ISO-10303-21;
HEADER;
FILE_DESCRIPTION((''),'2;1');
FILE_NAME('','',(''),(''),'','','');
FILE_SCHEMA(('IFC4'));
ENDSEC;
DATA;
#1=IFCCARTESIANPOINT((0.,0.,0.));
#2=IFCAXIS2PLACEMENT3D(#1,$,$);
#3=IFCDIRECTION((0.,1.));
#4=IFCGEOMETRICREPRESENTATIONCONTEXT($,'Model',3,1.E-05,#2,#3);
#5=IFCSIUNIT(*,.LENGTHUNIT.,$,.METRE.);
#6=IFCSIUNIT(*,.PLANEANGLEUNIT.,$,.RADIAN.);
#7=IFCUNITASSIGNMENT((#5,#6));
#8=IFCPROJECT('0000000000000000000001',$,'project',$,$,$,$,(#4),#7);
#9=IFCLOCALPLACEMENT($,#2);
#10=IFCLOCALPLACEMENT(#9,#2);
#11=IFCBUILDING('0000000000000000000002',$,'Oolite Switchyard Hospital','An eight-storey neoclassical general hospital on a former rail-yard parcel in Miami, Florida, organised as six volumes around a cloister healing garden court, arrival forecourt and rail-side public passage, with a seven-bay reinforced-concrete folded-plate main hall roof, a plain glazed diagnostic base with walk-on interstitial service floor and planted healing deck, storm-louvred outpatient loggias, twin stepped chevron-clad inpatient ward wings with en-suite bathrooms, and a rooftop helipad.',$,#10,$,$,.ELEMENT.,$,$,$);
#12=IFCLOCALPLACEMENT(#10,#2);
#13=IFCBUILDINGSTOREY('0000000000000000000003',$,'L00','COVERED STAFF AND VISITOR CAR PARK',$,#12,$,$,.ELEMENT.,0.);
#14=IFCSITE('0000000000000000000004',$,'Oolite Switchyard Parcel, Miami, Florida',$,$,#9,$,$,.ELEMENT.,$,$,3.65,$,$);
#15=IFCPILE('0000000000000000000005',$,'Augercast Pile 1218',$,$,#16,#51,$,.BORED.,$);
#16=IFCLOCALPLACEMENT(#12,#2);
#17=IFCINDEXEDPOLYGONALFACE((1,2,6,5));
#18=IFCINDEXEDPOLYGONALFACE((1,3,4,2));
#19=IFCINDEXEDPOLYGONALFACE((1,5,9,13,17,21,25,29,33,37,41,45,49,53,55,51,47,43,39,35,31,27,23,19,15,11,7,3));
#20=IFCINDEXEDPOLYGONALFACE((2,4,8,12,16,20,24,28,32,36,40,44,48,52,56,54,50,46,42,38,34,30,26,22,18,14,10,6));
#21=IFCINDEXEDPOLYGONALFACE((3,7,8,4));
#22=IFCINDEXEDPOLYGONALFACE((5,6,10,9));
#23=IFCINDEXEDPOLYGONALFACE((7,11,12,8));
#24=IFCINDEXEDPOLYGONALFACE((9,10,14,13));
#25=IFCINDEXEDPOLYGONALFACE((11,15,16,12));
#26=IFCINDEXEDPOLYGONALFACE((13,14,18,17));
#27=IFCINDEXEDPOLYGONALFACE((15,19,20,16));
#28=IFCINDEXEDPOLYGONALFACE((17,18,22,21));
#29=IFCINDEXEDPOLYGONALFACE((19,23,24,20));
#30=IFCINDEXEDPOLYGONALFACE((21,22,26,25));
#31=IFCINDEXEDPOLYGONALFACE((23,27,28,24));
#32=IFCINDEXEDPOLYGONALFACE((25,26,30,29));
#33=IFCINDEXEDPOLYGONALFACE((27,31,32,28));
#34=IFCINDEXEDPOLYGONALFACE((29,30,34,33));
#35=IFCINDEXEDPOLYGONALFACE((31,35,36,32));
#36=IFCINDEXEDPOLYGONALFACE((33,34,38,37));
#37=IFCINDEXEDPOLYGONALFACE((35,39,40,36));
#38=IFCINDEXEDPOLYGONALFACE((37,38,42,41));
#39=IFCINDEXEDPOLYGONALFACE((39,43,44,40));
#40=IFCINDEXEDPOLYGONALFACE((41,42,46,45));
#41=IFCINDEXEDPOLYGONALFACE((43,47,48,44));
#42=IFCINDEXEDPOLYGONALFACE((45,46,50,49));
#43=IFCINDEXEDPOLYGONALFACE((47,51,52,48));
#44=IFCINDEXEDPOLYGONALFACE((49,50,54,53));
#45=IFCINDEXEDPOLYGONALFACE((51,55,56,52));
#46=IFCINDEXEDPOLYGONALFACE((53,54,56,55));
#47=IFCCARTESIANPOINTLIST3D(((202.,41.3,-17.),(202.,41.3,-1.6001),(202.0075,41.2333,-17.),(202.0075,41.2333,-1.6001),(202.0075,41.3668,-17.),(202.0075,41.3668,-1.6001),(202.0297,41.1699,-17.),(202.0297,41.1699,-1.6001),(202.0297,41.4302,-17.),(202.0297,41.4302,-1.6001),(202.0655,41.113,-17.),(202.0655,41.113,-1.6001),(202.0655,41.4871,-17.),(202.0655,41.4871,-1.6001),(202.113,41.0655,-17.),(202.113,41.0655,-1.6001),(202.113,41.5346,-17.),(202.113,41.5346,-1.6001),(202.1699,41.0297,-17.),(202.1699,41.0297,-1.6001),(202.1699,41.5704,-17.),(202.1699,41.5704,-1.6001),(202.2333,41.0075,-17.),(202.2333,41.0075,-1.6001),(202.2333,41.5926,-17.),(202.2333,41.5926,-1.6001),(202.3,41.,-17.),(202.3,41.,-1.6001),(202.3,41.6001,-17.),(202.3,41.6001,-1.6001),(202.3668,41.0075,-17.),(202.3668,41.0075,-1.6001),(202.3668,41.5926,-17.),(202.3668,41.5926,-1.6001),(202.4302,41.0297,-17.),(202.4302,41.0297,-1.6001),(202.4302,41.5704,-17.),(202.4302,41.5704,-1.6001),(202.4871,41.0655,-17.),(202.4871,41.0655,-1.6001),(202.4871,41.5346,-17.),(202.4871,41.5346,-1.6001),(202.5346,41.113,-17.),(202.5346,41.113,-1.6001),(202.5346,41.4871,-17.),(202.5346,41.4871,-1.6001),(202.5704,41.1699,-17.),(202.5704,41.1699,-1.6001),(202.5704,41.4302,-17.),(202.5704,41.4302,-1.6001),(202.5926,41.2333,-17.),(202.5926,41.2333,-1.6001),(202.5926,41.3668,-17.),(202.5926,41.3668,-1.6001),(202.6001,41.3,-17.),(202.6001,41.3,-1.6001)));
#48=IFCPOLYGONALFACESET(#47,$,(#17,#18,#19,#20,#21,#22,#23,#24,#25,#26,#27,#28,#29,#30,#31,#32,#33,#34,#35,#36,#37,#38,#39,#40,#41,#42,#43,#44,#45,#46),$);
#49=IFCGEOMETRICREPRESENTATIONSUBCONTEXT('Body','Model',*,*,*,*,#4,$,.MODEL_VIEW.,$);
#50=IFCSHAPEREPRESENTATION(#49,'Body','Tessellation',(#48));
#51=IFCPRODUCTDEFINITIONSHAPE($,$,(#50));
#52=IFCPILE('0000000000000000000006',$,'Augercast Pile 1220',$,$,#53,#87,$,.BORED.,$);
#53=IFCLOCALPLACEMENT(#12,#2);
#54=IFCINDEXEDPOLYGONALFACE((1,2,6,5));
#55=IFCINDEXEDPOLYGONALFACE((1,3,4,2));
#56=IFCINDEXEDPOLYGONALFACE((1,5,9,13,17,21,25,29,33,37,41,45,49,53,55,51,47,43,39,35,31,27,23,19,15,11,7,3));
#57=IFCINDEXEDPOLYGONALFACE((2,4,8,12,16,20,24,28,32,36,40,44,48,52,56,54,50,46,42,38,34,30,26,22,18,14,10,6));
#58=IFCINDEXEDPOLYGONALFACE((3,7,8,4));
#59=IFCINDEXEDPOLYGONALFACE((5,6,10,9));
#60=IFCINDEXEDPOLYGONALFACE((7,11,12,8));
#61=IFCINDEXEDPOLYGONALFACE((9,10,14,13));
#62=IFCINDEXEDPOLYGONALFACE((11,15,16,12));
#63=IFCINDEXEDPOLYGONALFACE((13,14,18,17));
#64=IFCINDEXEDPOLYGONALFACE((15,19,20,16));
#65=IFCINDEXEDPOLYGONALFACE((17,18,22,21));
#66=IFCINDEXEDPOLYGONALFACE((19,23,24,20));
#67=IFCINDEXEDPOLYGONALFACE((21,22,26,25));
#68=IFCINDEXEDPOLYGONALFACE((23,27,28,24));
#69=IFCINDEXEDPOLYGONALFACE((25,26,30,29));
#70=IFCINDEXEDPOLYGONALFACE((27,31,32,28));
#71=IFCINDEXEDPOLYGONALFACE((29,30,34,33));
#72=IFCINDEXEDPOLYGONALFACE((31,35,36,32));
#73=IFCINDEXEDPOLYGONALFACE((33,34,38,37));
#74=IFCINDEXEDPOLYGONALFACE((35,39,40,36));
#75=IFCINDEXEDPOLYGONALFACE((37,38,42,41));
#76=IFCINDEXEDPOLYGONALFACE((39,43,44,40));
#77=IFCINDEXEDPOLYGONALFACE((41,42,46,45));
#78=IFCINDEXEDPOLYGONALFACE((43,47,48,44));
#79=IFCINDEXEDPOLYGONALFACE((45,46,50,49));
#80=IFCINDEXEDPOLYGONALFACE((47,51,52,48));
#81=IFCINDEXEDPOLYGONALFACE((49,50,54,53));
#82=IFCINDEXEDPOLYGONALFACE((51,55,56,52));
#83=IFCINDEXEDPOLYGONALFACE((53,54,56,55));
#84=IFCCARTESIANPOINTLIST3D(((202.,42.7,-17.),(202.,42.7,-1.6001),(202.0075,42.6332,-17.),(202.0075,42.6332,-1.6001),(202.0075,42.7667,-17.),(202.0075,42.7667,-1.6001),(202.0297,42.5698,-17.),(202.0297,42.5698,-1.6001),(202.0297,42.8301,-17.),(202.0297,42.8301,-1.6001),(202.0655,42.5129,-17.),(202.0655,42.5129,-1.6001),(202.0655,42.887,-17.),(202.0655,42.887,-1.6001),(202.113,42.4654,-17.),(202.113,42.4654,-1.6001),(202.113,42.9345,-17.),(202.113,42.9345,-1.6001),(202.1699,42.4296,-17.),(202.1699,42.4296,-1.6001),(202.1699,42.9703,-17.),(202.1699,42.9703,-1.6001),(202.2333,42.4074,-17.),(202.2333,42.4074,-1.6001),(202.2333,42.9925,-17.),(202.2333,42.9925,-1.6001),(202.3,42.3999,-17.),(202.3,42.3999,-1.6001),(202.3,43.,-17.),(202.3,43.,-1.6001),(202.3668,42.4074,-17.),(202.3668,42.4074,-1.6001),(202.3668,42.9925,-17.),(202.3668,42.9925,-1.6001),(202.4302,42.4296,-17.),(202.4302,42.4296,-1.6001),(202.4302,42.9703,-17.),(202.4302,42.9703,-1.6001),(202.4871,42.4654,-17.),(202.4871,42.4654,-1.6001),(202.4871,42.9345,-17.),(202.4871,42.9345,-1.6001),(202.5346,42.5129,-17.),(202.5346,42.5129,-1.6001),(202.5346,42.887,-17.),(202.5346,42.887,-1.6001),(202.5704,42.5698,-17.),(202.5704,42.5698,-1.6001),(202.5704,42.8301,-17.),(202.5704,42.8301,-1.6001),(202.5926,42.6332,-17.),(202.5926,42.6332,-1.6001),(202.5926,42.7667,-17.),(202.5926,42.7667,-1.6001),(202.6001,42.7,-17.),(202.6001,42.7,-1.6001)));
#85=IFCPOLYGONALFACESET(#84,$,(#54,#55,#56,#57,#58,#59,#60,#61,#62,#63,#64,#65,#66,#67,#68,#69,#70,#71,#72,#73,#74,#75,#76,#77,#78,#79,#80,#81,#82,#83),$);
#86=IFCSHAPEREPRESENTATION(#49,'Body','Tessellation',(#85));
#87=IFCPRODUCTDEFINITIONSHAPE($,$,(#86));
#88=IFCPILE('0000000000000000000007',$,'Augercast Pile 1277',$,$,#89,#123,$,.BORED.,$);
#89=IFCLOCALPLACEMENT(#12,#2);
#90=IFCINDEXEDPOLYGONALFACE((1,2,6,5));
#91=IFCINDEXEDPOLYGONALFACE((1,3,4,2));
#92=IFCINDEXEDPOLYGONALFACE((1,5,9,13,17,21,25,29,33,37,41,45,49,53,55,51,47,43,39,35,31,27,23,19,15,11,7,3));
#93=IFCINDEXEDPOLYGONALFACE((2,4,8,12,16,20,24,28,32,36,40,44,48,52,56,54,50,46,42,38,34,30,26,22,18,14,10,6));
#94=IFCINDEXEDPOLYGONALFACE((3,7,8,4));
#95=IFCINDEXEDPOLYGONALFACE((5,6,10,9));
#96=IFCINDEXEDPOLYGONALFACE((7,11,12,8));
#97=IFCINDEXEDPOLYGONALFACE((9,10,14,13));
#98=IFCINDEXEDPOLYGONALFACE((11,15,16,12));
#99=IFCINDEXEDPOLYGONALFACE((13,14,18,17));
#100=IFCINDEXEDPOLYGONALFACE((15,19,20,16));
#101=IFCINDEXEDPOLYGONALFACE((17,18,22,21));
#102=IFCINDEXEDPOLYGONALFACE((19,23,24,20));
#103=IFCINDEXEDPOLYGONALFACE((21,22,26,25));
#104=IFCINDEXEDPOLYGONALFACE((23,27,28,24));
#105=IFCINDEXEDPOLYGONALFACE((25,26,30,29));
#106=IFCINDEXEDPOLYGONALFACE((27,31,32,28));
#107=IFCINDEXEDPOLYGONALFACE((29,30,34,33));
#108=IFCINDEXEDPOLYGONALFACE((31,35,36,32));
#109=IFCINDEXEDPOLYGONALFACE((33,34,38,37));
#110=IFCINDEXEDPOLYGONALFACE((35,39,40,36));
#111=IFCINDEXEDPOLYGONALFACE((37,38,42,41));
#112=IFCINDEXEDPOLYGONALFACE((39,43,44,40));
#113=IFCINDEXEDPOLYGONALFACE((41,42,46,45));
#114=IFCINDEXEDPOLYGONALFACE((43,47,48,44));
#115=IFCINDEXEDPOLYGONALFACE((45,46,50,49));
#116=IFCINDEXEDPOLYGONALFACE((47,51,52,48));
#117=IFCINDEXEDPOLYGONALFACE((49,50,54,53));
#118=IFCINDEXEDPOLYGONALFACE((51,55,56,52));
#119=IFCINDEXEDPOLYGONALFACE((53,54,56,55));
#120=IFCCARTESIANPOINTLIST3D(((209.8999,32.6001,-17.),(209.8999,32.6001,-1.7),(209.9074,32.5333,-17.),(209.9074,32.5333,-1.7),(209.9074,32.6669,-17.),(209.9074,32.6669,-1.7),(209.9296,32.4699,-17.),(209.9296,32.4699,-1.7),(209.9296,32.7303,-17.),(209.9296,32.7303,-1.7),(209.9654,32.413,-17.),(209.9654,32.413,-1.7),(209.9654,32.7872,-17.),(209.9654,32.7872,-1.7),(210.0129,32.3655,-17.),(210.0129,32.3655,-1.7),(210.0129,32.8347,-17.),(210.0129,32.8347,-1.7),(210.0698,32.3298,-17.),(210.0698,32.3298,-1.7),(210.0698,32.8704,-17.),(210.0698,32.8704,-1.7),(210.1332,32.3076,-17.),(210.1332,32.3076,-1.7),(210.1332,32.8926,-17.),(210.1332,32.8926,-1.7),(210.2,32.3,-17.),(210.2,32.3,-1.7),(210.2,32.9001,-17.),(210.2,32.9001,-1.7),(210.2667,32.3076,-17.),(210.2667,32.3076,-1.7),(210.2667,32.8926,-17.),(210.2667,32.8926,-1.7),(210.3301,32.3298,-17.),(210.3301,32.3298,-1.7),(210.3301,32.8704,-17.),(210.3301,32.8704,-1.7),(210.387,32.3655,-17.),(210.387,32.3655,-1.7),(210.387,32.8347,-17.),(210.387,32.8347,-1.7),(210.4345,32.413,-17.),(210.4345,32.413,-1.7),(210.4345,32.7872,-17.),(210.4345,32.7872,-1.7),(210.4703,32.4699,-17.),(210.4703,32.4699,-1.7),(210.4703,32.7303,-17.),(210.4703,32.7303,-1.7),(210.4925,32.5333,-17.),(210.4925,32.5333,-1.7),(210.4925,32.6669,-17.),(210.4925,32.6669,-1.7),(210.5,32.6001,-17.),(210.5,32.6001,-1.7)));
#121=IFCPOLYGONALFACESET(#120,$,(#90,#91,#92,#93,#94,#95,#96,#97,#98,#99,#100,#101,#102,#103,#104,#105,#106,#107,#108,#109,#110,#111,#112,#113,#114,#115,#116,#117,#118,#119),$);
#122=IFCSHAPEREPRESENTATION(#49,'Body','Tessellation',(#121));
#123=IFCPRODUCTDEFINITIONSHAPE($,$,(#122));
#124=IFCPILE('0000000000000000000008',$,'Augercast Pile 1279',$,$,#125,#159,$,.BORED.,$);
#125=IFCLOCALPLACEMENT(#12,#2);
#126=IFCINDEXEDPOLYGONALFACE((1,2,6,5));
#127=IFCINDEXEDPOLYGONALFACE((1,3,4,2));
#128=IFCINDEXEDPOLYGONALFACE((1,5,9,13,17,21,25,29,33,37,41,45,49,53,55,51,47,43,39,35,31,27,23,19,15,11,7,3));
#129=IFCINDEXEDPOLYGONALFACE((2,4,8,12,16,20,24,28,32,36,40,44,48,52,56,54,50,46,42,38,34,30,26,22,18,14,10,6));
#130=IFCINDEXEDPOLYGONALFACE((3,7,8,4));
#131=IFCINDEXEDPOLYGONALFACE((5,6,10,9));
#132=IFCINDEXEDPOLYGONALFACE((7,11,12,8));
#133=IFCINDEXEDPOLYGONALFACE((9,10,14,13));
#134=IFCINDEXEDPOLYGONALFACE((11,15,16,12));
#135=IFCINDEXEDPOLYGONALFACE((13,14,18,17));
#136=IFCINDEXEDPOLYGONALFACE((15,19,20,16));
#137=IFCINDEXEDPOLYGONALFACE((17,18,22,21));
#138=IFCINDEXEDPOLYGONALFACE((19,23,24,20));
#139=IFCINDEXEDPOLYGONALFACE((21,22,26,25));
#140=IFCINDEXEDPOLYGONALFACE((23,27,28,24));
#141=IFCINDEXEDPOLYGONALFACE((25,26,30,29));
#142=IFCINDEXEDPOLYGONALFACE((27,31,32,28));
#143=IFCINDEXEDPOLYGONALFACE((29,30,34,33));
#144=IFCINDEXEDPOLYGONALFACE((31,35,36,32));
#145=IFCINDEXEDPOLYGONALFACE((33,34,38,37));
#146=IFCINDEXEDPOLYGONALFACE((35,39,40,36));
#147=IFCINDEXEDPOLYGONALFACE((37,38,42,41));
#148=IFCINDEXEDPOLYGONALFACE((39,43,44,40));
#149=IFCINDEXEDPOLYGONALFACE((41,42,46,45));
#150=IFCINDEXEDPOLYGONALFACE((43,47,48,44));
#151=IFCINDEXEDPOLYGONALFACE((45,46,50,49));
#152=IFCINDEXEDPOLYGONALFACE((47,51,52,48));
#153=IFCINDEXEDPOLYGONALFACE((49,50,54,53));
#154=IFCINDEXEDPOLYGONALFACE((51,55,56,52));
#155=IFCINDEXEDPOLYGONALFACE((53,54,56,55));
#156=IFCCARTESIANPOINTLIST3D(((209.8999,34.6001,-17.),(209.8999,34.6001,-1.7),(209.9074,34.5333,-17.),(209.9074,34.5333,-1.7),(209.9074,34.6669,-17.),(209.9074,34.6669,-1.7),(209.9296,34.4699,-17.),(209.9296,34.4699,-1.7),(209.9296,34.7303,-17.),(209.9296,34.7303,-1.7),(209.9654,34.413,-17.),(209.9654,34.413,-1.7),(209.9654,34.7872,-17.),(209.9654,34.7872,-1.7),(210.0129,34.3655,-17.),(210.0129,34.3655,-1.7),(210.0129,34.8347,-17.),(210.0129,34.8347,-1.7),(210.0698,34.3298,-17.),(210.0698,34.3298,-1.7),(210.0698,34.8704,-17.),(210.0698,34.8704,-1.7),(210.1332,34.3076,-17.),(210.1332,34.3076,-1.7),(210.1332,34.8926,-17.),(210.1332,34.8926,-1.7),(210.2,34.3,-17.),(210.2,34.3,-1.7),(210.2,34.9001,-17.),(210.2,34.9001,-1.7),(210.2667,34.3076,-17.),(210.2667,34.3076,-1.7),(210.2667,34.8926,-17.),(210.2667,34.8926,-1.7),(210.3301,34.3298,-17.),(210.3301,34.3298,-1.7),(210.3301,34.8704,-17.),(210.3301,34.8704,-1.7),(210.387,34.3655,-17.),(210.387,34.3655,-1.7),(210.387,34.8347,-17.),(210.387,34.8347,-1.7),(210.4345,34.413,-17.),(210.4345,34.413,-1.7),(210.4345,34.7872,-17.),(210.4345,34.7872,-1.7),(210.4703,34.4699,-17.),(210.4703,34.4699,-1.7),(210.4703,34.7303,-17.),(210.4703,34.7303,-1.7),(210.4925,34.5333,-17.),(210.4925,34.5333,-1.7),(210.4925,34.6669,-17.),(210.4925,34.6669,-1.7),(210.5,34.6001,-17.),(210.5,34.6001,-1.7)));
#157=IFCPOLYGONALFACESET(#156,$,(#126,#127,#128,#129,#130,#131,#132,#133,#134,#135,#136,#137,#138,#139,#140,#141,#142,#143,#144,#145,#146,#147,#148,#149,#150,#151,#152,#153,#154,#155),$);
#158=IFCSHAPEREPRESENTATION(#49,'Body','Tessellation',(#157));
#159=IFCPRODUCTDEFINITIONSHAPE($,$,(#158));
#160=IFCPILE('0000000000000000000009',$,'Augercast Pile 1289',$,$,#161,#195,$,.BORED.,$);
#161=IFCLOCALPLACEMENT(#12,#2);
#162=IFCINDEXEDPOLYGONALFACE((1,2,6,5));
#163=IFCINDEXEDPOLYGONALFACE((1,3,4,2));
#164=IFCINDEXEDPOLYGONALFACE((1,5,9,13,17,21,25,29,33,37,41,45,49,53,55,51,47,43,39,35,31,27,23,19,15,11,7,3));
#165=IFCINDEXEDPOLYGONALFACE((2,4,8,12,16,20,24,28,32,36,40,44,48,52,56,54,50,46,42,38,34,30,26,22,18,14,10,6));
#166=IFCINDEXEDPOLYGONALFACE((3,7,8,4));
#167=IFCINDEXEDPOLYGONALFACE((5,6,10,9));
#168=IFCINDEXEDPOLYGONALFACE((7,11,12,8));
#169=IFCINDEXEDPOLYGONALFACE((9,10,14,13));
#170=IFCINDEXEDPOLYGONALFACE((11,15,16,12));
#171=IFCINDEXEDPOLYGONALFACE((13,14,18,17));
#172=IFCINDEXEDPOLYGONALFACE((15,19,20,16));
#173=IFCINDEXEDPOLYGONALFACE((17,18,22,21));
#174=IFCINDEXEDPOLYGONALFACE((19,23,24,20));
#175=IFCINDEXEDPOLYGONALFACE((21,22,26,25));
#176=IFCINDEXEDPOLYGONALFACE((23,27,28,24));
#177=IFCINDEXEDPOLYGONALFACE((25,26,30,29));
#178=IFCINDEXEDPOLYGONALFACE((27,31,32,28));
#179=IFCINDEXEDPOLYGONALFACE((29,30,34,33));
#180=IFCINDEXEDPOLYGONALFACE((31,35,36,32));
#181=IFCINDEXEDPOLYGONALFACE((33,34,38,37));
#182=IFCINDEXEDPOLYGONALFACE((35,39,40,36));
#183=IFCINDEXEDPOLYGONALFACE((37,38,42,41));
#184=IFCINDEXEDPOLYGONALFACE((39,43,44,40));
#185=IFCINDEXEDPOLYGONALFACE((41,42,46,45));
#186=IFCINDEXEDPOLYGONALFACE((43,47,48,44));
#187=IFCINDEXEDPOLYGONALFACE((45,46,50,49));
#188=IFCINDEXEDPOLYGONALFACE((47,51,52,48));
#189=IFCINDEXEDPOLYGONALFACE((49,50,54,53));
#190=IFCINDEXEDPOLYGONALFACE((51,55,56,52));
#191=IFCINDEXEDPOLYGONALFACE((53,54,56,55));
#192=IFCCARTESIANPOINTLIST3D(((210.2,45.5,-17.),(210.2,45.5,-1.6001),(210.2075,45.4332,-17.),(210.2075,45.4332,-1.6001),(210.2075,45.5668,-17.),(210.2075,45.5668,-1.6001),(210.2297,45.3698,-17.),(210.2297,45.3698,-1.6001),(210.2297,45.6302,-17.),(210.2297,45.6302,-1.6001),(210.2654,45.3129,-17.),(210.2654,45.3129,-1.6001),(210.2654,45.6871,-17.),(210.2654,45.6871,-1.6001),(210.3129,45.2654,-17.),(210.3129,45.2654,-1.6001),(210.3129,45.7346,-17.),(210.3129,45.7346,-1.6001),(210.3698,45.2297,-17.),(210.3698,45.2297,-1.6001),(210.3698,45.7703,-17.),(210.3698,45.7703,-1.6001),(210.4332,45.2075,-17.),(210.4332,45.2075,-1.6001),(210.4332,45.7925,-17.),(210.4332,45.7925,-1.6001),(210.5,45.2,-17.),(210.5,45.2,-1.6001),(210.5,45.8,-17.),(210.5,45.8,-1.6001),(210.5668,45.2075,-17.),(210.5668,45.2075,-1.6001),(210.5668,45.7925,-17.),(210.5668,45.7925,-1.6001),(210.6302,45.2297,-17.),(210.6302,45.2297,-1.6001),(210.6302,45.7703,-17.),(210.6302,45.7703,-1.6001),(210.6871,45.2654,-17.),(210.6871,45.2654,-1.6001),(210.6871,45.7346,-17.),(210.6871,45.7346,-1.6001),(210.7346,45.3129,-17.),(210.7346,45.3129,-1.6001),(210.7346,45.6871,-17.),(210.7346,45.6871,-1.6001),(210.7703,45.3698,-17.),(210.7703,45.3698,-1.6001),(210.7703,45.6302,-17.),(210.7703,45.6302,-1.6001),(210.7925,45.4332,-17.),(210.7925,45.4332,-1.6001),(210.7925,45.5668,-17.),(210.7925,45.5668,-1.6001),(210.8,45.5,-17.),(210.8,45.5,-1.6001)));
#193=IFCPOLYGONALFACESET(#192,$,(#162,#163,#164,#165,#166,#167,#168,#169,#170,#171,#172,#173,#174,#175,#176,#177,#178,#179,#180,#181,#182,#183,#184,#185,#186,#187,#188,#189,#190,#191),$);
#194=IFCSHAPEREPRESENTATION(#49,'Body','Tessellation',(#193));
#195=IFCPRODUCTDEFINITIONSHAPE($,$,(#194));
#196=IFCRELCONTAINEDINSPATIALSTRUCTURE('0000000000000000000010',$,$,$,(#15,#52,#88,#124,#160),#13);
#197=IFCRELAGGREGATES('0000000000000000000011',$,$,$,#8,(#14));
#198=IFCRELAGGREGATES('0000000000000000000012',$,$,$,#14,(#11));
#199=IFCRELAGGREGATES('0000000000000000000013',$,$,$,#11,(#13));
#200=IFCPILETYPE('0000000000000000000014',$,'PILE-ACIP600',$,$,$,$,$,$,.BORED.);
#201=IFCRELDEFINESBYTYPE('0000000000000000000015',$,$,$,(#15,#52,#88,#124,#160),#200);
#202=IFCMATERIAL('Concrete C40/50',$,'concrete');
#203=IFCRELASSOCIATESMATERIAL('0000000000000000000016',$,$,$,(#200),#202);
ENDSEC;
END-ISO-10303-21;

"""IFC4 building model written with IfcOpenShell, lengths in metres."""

from ifc_helpers import new_model, si_unit, direction, frame, origin, origin_2d, place, context, subcontext, project, spatial, circle, extrude, material, material_profile, profile_set, type_object, element, save


model = new_model("IFC4")

# Units and contexts
model_context = context("Model", 3, precision=1e-05, world=origin(), true_north=direction((0.0, 1.0)))
body_context = subcontext(model_context, "Body", "Model", "MODEL_VIEW")
ifc_project = project(units=[si_unit("LENGTHUNIT", "METRE"), si_unit("PLANEANGLEUNIT", "RADIAN")], contexts=[model_context])

# Site, building, storey
site_placement = place(None, origin())
site = spatial("IfcSite", under=ifc_project, at=site_placement, Name="Oolite Switchyard Parcel, Miami, Florida", CompositionType="ELEMENT", RefElevation=3.65)
building_placement = place(site_placement, origin())
building = spatial("IfcBuilding", under=site, at=building_placement, Name="Oolite Switchyard Hospital", Description="An eight-storey neoclassical general hospital on a former rail-yard parcel in Miami, Florida, organised as six volumes around a cloister healing garden court, arrival forecourt and rail-side public passage, with a seven-bay reinforced-concrete folded-plate main hall roof, a plain glazed diagnostic base with walk-on interstitial service floor and planted healing deck, storm-louvred outpatient loggias, twin stepped chevron-clad inpatient ward wings with en-suite bathrooms, and a rooftop helipad.", CompositionType="ELEMENT")
storey_placement = place(building_placement, origin())
storey = spatial("IfcBuildingStorey", under=building, at=storey_placement, Name="L00", Description="COVERED STAFF AND VISITOR CAR PARK", CompositionType="ELEMENT", Elevation=0.0)

# Shared definitions
ifc_material_1 = material(Name="Concrete C40/50", Category="concrete")

# Piles
ifc_material_profile_1 = material_profile(ifc_material_1, circle(Radius=0.3, at=origin_2d()), Name="PILE600")
ifc_profile_set_1 = profile_set([ifc_material_profile_1], Name="Concrete C40/50")
pile_type = type_object("IfcPileType", Name="PILE-ACIP600", PredefinedType="BORED", material=ifc_profile_set_1)
for number, where, z_axis, x_axis, name in (
    (1, (202.3, 41.3, -1.6001), (0.0, 0.0, -1.0), (1.0, 0.0, 0.0), "Augercast Pile 1218"),
    (2, (202.3, 42.7, -1.6001), (0.0, 0.0, -1.0), (1.0, 0.0, 0.0), "Augercast Pile 1220"),
):
    element("IfcPile", number, at=place(storey_placement, frame(where, z_axis=z_axis, x_axis=x_axis)), inside=storey, type_object=pile_type, Name=name, PredefinedType="BORED", context=body_context, shape_type="SweptSolid", body=[
        extrude(circle(Radius=0.3, at=origin_2d()), origin(), (0.0, 0.0, 1.0), 15.3999),
    ])
for number, where, z_axis, x_axis, name in (
    (3, (210.2, 32.6001, -1.7), (0.0, 0.0, -1.0), (1.0, 0.0, 0.0), "Augercast Pile 1277"),
    (4, (210.2, 34.6001, -1.7), (0.0, 0.0, -1.0), (1.0, 0.0, 0.0), "Augercast Pile 1279"),
):
    element("IfcPile", number, at=place(storey_placement, frame(where, z_axis=z_axis, x_axis=x_axis)), inside=storey, type_object=pile_type, Name=name, PredefinedType="BORED", context=body_context, shape_type="SweptSolid", body=[
        extrude(circle(Radius=0.3, at=origin_2d()), origin(), (0.0, 0.0, 1.0), 15.3),
    ])
for number, where, z_axis, x_axis, name in (
    (5, (210.5, 45.5, -1.6001), (0.0, 0.0, -1.0), (1.0, 0.0, 0.0), "Augercast Pile 1289"),
):
    element("IfcPile", number, at=place(storey_placement, frame(where, z_axis=z_axis, x_axis=x_axis)), inside=storey, type_object=pile_type, Name=name, PredefinedType="BORED", context=body_context, shape_type="SweptSolid", body=[
        extrude(circle(Radius=0.3, at=origin_2d()), origin(), (0.0, 0.0, 1.0), 15.3999),
    ])

save(model, "model.ifc")
